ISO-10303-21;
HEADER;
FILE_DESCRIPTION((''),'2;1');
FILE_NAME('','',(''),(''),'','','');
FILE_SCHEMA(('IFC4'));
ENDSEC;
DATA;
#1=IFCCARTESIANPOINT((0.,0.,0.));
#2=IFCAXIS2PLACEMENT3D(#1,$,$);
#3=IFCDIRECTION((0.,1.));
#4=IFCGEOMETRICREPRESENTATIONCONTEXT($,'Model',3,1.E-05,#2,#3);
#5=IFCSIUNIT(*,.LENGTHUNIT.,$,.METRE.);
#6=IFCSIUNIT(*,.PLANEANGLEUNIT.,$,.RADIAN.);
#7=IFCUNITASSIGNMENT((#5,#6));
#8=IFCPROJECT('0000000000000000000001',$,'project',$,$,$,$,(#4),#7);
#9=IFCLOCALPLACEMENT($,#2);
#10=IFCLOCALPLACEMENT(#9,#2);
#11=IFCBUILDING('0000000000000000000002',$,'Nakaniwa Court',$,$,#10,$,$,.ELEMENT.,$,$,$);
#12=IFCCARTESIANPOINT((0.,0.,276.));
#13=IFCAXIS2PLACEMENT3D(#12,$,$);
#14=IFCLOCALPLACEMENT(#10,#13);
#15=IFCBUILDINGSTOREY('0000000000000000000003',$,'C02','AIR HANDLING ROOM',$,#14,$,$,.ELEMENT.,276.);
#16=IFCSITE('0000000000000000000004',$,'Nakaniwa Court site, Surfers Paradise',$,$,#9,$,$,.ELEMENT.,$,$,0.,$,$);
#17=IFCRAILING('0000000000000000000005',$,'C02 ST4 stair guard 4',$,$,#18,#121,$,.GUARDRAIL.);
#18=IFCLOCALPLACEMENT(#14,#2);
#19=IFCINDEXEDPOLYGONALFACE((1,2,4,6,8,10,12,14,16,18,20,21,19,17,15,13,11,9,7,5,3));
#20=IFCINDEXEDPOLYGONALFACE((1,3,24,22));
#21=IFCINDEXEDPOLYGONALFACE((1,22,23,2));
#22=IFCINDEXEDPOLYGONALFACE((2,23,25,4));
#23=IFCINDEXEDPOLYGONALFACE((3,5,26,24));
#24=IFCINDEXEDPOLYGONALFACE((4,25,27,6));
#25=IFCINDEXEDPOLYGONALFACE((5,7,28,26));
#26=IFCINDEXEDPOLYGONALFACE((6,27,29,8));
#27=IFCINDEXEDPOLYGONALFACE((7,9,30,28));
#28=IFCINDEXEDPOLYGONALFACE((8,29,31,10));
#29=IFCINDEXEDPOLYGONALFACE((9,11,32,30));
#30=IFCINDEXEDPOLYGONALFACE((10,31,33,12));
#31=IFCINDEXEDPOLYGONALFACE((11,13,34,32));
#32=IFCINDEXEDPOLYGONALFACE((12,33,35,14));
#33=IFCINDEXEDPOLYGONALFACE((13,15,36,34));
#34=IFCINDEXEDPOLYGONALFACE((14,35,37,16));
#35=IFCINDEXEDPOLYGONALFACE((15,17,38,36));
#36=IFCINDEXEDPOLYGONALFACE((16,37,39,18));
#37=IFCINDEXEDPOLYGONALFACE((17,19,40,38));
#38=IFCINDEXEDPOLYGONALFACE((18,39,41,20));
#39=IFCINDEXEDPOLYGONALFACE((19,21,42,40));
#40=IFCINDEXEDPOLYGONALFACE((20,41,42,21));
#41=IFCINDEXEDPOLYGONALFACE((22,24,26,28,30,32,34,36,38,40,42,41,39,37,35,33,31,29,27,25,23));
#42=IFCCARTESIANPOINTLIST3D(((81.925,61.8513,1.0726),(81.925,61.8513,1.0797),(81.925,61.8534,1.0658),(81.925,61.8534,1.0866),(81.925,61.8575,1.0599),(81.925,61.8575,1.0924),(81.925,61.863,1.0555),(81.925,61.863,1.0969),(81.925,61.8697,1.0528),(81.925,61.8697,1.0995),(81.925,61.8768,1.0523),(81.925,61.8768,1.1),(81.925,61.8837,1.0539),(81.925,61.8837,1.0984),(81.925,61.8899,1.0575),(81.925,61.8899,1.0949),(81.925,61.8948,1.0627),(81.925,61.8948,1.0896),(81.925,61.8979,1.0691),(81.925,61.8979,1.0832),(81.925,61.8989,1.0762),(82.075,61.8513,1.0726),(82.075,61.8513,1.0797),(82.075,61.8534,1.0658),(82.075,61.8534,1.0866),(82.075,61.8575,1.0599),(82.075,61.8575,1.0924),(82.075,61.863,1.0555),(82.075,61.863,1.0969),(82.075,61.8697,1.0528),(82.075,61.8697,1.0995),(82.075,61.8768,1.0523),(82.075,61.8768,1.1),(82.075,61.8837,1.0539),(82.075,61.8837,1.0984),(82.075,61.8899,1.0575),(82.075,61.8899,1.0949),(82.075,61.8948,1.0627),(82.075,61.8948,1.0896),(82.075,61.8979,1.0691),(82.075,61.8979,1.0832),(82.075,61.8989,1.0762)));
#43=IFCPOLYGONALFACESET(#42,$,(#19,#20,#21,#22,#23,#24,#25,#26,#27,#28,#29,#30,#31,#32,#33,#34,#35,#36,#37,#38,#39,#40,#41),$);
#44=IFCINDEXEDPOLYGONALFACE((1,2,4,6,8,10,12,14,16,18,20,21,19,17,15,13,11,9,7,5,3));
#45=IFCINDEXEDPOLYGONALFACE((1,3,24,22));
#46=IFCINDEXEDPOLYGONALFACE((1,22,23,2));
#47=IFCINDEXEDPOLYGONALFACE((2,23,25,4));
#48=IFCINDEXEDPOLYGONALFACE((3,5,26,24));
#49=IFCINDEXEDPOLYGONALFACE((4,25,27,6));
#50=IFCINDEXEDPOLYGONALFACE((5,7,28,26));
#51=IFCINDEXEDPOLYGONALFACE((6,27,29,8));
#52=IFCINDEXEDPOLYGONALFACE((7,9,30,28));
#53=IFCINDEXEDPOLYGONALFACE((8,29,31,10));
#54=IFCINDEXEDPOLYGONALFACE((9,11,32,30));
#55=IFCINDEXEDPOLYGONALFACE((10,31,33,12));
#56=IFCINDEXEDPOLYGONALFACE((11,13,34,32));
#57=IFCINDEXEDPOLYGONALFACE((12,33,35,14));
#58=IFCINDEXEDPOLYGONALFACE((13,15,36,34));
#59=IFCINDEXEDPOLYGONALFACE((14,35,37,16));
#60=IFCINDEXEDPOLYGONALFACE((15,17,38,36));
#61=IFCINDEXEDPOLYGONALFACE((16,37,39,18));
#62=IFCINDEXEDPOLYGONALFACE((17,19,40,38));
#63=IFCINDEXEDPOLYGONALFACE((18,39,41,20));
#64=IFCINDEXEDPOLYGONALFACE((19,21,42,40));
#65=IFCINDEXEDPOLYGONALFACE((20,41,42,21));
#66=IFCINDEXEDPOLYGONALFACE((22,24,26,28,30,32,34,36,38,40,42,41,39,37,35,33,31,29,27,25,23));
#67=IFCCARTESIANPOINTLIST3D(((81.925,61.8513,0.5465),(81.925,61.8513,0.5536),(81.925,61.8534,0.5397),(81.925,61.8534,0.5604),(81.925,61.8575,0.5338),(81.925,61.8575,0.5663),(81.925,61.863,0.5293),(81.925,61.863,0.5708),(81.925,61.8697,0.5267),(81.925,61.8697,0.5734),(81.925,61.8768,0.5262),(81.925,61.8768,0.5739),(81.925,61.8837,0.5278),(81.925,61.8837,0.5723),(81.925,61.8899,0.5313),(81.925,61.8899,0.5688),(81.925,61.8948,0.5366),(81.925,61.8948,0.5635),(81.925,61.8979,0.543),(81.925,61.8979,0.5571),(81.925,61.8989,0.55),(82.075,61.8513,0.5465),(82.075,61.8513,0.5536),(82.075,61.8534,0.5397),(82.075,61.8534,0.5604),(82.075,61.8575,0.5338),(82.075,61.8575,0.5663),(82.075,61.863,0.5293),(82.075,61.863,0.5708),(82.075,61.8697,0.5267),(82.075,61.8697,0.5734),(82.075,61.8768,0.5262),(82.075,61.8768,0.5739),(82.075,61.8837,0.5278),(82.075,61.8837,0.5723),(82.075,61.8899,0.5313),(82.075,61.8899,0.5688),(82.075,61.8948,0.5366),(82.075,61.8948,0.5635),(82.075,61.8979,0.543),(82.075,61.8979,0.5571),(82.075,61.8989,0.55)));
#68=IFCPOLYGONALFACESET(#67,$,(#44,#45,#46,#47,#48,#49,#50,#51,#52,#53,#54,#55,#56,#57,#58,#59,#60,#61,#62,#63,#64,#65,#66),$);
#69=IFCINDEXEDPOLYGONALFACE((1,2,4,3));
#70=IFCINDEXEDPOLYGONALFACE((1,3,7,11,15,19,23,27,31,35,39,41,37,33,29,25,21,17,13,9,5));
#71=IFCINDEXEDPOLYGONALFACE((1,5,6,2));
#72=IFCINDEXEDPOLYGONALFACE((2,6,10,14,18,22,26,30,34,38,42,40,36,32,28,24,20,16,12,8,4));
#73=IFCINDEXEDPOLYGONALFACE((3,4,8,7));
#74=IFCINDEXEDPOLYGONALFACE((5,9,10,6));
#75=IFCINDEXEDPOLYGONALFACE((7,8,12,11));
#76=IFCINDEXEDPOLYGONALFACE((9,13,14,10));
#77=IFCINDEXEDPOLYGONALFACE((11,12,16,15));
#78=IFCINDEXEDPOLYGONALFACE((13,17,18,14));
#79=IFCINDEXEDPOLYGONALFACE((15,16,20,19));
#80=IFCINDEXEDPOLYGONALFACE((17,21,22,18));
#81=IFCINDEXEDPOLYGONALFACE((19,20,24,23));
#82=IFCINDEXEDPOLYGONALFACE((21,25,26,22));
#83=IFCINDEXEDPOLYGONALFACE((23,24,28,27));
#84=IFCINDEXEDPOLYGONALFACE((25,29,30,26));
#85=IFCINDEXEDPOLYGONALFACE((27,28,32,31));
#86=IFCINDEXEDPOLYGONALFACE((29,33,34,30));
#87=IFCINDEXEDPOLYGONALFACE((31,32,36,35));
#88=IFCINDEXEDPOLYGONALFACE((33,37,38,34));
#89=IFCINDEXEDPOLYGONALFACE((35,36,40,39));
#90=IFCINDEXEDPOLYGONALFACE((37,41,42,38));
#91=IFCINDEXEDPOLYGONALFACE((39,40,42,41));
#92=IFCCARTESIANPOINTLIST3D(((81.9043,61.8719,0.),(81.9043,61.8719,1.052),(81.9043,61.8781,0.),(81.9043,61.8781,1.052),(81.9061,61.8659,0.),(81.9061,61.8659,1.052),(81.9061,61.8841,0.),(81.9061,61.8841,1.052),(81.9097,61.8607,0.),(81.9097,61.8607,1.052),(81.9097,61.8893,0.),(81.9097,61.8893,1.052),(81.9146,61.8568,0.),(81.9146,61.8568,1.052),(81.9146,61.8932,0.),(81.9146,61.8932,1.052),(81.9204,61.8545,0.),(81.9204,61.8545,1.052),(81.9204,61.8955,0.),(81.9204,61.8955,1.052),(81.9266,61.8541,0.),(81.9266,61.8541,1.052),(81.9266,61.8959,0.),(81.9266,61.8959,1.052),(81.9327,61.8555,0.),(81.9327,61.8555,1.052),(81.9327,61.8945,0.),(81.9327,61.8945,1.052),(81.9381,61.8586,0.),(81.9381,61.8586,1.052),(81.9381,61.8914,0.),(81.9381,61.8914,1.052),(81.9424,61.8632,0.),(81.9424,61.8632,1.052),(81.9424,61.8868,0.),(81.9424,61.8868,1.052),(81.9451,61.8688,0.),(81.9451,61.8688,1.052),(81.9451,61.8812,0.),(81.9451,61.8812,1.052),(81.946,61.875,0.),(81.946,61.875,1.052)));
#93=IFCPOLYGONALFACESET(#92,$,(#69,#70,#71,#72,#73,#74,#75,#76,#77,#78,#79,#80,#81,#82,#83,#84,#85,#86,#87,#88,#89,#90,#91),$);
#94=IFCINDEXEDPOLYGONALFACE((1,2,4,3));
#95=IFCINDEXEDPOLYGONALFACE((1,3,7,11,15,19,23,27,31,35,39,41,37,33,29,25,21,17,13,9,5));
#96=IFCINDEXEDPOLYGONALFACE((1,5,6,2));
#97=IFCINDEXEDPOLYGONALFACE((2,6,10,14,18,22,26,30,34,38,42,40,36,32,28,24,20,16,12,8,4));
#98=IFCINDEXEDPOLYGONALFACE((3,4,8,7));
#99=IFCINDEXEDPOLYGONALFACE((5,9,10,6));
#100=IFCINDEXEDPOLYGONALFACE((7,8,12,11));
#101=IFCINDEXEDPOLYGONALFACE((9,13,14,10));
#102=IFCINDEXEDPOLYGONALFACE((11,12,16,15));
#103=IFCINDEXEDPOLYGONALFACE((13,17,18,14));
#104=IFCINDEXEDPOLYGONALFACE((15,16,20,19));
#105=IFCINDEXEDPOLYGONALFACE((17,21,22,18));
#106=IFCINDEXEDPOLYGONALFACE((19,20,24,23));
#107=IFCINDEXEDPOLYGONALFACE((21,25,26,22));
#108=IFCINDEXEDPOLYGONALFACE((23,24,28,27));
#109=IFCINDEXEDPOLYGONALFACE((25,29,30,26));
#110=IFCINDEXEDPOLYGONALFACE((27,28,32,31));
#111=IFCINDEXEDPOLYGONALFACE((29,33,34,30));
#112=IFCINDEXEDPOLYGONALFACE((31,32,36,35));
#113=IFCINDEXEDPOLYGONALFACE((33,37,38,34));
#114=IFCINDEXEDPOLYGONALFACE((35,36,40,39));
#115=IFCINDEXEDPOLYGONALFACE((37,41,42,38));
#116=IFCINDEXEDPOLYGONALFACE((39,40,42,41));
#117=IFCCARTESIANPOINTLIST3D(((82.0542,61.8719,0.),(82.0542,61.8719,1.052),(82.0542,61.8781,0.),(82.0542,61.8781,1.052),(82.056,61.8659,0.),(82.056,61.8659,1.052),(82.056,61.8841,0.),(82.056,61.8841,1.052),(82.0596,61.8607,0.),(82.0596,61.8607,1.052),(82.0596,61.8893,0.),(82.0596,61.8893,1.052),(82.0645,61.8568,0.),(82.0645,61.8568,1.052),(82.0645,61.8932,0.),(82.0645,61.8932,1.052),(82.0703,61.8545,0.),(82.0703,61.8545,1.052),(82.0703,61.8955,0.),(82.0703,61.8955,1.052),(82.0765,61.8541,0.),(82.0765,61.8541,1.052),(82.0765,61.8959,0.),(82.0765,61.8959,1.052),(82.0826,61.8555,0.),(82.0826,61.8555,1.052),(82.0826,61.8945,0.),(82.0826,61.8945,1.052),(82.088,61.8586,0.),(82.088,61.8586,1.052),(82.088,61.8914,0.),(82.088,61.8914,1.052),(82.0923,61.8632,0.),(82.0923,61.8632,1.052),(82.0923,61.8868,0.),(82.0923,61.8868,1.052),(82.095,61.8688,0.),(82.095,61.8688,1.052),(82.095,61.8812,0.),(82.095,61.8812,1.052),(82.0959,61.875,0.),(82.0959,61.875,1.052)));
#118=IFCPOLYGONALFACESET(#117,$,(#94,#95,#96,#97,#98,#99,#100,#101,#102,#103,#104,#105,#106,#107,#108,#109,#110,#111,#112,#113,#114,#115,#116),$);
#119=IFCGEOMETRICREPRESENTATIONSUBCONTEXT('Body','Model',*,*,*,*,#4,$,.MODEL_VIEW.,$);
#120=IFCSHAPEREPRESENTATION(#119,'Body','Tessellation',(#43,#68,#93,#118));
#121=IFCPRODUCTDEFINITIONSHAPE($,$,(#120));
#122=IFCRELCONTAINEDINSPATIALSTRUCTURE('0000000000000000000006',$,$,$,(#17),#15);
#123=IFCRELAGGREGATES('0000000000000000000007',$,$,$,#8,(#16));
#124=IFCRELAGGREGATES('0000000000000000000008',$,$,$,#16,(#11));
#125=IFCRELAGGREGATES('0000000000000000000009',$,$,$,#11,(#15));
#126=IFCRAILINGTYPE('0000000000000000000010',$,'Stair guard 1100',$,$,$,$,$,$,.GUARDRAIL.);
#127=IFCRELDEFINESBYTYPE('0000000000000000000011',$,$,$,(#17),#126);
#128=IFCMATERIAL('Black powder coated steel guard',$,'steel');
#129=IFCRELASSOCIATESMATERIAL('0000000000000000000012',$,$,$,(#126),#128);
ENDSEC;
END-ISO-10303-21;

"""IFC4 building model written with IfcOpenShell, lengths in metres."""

from ifc_helpers import new_model, si_unit, direction, frame, origin, origin_2d, place, context, subcontext, project, spatial, circle, extrude, material, type_object, element, save


model = new_model("IFC4")

# Units and contexts
model_context = context("Model", 3, precision=1e-05, world=origin(), true_north=direction((0.0, 1.0)))
body_context = subcontext(model_context, "Body", "Model", "MODEL_VIEW")
ifc_project = project(units=[si_unit("LENGTHUNIT", "METRE"), si_unit("PLANEANGLEUNIT", "RADIAN")], contexts=[model_context])

# Site, building, storey
site_placement = place(None, origin())
site = spatial("IfcSite", under=ifc_project, at=site_placement, Name="Nakaniwa Court site, Surfers Paradise", CompositionType="ELEMENT", RefElevation=0.0)
building_placement = place(site_placement, origin())
building = spatial("IfcBuilding", under=site, at=building_placement, Name="Nakaniwa Court", CompositionType="ELEMENT")
storey_placement = place(building_placement, frame((0.0, 0.0, 276.0)))
storey = spatial("IfcBuildingStorey", under=building, at=storey_placement, Name="C02", Description="AIR HANDLING ROOM", CompositionType="ELEMENT", Elevation=276.0)

# Railing
ifc_material_1 = material(Name="Black powder coated steel guard", Category="steel")
railing_type_1 = type_object("IfcRailingType", Name="Stair guard 1100", PredefinedType="GUARDRAIL", material=ifc_material_1)
railing_1_placement = place(storey_placement, frame((81.925, 61.875, 0.0)))
element("IfcRailing", 1, at=railing_1_placement, inside=storey, type_object=railing_type_1, Name="C02 ST4 stair guard 4", PredefinedType="GUARDRAIL", context=body_context, shape_type="SweptSolid", body=[
    extrude(circle(Radius=0.0239, at=origin_2d()), frame((0.0, 0.0, 1.0762), z_axis=(1.0, 0.0, 0.0), x_axis=(0.0, 1.0, 0.0)), (0.0, 0.0, 1.0), 0.1499),
    extrude(circle(Radius=0.0239, at=origin_2d()), frame((0.0, 0.0, 0.55), z_axis=(1.0, 0.0, 0.0), x_axis=(0.0, 1.0, 0.0)), (0.0, 0.0, 1.0), 0.1499),
    extrude(circle(Radius=0.021, at=origin_2d()), origin(), (0.0, 0.0, 1.0), 1.052),
    extrude(circle(Radius=0.021, at=origin_2d()), frame((0.1499, 0.0, 0.0)), (0.0, 0.0, 1.0), 1.052),
])

save(model, "model.ifc")
